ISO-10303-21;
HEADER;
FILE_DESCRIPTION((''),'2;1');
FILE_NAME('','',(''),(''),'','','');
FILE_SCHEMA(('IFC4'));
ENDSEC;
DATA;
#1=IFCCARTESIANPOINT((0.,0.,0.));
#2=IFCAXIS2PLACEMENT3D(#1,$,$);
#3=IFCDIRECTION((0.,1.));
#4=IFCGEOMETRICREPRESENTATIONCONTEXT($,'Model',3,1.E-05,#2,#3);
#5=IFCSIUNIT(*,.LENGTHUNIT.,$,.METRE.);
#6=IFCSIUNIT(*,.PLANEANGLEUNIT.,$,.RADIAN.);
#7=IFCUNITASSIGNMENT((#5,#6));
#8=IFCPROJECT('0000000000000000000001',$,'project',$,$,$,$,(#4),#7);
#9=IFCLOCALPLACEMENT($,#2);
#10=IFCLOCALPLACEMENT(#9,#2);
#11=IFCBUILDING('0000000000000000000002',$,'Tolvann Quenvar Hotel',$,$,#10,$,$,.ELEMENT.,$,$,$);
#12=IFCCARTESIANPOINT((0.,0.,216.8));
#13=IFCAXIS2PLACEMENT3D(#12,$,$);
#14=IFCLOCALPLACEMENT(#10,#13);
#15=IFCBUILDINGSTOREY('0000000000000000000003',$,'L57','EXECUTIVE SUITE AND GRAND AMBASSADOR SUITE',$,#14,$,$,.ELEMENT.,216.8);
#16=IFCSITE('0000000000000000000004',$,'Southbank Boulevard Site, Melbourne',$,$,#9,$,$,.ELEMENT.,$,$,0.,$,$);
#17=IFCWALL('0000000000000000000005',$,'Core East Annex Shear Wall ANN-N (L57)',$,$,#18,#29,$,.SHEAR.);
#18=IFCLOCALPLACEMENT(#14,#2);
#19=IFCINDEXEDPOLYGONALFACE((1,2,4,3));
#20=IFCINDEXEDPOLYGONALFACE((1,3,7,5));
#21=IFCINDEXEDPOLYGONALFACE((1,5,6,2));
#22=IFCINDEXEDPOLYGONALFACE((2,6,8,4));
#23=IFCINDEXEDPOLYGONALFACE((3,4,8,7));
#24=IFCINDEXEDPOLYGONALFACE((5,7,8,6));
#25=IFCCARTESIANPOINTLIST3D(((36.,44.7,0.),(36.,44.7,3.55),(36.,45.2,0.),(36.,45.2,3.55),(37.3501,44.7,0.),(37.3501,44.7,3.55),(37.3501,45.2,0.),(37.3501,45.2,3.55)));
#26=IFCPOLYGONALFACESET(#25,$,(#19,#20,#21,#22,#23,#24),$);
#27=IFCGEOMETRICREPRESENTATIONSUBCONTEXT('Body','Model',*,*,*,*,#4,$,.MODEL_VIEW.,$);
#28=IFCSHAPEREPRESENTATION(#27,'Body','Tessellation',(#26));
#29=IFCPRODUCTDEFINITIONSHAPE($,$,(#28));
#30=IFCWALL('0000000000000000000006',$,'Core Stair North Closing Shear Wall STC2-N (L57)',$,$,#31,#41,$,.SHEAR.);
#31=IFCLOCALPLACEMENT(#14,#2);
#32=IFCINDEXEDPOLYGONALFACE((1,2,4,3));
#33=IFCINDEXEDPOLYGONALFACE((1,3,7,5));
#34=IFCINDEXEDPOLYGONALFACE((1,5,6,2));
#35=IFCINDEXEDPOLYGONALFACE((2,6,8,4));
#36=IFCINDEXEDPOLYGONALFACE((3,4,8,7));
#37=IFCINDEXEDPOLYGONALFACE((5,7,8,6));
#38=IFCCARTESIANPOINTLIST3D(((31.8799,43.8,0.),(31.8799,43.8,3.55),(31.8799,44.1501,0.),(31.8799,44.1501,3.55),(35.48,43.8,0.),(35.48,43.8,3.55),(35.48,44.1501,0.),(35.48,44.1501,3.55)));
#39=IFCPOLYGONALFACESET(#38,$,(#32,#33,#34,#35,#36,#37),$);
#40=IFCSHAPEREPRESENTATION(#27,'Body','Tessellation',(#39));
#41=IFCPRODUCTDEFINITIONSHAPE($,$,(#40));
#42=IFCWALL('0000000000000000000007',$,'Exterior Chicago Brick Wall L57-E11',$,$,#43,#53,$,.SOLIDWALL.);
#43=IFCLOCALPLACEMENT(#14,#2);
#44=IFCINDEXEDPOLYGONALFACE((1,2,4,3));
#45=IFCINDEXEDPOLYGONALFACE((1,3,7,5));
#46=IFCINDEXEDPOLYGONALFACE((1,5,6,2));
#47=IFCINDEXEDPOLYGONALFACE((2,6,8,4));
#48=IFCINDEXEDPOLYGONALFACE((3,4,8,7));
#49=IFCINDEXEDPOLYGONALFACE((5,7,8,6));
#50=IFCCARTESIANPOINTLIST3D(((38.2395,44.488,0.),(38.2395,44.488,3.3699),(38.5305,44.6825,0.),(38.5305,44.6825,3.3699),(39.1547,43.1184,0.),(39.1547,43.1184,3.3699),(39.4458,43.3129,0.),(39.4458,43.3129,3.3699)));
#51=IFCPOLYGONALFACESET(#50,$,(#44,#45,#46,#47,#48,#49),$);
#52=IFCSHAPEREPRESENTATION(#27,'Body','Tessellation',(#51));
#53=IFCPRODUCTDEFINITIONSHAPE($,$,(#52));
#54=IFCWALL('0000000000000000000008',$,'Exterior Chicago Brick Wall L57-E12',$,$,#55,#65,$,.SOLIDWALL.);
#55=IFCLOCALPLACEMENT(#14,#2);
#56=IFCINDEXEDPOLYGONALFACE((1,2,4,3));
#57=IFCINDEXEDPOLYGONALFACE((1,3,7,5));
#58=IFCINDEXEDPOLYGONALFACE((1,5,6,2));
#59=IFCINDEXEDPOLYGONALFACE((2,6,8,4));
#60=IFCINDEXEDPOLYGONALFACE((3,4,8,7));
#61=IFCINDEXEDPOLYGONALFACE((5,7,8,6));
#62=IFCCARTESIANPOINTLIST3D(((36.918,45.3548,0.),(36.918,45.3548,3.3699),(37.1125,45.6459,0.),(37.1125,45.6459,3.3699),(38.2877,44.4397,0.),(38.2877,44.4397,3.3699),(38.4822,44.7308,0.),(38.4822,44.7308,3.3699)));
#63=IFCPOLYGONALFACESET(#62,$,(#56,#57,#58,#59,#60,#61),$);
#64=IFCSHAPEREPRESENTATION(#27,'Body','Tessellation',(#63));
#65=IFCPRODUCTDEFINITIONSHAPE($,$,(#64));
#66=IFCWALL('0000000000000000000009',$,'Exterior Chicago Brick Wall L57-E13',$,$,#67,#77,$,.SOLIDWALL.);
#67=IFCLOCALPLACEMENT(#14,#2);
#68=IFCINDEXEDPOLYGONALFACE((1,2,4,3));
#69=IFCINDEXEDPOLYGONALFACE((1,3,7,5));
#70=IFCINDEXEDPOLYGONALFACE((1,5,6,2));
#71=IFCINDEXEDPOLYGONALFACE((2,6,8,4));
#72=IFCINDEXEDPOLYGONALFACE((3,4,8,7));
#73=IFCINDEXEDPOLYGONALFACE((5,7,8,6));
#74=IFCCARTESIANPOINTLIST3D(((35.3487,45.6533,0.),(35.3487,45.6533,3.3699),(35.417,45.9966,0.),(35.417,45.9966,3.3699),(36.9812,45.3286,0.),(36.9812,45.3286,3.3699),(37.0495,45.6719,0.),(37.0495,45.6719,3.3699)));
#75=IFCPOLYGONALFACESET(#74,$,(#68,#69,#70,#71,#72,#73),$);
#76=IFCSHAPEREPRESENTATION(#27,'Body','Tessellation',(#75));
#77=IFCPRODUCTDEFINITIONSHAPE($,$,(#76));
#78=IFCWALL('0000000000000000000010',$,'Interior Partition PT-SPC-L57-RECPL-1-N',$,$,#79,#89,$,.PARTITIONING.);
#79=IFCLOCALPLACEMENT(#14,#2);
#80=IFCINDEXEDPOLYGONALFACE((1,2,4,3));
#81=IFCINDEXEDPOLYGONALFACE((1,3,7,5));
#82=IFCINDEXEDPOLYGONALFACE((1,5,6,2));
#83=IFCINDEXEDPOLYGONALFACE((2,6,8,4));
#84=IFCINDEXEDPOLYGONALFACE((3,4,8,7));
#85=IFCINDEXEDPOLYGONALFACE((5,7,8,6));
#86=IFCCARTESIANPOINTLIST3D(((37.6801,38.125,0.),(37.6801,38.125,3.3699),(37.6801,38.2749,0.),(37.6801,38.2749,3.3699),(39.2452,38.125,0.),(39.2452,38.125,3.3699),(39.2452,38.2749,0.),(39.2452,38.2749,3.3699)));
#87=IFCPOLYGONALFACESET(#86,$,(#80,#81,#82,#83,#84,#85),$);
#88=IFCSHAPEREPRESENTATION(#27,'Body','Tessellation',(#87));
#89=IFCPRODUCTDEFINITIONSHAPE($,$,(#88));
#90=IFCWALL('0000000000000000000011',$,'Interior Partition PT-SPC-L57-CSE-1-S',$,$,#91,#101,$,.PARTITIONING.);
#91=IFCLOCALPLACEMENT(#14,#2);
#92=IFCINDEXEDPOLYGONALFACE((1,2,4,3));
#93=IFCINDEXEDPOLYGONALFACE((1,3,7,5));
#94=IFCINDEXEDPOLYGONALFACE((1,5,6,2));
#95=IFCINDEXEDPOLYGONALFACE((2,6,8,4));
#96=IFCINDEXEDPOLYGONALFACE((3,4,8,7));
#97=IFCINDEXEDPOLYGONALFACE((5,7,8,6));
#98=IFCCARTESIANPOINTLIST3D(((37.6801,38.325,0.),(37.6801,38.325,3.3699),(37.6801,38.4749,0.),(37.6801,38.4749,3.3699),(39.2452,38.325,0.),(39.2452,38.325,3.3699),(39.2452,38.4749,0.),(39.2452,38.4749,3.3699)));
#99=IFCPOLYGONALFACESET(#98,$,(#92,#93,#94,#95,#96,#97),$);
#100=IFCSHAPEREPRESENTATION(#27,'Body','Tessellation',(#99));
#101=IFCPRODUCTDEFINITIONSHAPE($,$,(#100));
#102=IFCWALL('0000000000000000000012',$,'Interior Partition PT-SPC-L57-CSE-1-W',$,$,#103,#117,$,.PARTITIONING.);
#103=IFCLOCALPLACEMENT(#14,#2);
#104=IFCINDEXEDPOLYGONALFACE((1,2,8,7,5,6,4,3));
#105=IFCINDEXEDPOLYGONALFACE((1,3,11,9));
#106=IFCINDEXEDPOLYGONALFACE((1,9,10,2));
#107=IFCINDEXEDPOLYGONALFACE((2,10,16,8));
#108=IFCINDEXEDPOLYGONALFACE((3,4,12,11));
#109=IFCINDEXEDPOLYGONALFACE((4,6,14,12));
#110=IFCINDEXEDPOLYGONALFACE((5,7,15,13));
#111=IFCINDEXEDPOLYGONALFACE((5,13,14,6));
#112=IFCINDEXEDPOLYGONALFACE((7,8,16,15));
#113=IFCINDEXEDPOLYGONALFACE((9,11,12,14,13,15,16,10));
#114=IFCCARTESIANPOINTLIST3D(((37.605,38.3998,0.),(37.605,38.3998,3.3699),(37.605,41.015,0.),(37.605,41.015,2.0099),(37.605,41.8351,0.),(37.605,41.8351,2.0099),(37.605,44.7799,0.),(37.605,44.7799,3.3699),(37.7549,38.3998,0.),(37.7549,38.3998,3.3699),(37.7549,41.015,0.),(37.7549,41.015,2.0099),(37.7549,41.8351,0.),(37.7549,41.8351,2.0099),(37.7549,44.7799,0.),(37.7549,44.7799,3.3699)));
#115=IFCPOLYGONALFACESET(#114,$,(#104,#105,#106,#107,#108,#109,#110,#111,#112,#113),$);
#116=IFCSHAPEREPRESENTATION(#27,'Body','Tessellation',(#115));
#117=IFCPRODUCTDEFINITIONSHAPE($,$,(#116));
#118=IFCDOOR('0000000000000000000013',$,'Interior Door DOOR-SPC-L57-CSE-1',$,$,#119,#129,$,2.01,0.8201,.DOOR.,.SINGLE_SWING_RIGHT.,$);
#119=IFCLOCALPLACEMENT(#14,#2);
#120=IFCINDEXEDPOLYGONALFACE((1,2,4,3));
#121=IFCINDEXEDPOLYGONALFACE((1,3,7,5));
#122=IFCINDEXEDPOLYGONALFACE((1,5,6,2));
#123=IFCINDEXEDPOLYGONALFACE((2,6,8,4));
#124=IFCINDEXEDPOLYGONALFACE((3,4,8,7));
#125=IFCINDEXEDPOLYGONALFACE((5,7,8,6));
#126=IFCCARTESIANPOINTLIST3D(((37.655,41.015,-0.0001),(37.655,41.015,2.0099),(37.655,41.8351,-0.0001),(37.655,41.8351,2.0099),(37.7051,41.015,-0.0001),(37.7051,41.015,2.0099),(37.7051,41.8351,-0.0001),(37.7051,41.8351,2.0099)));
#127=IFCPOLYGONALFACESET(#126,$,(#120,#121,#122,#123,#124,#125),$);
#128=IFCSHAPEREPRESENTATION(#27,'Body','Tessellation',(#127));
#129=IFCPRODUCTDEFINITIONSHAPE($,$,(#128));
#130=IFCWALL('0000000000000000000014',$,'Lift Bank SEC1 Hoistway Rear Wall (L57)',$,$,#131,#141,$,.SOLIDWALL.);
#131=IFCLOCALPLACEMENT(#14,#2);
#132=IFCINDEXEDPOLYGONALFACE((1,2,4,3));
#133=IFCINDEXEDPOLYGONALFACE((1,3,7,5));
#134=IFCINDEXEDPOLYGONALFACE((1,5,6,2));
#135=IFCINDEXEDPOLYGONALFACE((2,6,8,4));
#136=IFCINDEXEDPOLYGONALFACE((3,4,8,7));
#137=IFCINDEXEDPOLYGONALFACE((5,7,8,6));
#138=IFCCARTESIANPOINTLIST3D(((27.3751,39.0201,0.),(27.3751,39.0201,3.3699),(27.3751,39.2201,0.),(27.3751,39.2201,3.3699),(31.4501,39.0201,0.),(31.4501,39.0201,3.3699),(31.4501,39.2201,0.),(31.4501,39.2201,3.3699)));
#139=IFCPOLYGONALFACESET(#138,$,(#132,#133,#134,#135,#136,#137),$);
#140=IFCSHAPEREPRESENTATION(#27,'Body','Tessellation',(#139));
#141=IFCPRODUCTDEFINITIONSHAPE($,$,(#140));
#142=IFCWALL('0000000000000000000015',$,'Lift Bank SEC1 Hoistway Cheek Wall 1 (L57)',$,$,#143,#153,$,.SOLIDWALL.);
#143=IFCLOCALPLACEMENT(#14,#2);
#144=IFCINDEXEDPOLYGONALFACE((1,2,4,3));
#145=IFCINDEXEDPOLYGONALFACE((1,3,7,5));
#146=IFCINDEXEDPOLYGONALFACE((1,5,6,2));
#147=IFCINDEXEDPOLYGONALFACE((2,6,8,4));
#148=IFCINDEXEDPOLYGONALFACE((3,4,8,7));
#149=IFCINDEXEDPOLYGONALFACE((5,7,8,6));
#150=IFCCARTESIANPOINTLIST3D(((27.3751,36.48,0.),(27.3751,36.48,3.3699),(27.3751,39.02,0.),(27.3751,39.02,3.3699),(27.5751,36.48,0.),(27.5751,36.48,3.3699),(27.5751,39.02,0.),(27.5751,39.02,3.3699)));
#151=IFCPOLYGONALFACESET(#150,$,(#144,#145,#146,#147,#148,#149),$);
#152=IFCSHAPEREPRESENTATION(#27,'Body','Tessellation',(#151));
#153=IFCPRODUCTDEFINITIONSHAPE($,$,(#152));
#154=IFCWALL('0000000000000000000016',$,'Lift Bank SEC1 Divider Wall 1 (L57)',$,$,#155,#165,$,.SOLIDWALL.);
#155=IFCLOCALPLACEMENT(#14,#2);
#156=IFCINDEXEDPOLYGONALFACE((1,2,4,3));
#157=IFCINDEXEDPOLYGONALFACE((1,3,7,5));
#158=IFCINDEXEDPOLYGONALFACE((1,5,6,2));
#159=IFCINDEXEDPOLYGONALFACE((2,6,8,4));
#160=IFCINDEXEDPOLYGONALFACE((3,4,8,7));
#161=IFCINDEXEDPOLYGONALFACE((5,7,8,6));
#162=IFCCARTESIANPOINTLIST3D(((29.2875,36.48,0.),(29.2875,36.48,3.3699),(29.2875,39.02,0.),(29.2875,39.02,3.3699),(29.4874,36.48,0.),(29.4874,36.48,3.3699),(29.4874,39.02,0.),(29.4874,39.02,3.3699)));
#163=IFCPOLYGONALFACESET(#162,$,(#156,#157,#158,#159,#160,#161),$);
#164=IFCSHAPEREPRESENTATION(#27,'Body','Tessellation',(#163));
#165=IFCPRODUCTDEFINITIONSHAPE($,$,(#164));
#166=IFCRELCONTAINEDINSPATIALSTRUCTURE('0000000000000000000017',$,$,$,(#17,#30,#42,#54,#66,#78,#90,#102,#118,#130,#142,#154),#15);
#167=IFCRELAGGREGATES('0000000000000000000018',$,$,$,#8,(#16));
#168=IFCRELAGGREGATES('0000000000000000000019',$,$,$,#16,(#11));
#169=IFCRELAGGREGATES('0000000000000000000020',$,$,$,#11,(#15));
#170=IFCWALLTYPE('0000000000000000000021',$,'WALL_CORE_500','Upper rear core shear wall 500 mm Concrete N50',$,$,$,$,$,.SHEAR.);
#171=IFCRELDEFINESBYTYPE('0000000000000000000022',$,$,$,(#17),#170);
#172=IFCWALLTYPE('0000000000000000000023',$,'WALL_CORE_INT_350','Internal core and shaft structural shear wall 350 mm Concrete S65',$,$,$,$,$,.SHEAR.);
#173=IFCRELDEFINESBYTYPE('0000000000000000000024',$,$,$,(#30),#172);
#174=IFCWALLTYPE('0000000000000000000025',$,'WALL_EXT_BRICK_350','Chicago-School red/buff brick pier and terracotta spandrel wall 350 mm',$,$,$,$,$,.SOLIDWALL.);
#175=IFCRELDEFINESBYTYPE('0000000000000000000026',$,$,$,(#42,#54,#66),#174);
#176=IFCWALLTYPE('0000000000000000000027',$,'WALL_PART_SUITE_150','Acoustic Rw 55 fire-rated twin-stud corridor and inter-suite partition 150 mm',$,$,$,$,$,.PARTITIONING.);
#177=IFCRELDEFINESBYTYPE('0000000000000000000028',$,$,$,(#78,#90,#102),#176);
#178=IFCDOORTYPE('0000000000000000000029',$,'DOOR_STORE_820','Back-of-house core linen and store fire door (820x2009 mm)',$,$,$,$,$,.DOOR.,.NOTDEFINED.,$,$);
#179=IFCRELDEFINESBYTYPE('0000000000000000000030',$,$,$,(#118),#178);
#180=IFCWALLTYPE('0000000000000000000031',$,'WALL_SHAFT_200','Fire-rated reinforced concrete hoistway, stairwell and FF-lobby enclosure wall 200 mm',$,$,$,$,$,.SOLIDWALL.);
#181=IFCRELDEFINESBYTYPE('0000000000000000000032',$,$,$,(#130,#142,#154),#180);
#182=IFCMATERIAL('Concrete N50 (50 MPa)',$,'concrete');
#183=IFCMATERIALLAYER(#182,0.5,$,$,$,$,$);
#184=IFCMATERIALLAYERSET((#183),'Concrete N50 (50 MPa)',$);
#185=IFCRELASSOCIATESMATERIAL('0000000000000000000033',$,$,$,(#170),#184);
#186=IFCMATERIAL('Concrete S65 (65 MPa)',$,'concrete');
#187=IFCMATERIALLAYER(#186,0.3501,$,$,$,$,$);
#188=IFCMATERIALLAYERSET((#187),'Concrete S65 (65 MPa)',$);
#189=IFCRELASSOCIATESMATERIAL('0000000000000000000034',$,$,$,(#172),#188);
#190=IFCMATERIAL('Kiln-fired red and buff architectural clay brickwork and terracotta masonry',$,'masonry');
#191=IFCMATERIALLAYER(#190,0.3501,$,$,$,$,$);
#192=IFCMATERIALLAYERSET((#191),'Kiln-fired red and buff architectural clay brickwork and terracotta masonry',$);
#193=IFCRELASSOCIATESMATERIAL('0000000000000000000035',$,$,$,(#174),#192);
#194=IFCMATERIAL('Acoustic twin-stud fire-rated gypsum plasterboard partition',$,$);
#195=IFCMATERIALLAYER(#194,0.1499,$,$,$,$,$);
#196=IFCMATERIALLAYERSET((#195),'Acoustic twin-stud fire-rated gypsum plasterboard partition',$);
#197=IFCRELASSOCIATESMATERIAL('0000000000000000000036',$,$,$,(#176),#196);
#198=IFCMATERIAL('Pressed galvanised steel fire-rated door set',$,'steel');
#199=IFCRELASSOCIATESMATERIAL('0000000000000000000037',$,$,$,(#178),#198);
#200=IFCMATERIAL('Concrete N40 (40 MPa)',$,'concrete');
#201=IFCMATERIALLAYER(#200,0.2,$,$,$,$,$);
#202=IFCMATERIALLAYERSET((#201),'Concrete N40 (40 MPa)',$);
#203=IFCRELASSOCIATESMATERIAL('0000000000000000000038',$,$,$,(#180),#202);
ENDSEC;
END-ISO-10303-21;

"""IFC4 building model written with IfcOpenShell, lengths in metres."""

from ifc_helpers import new_model, si_unit, direction, frame, frame_2d, origin, place, context, subcontext, project, spatial, rectangle, extrude, source, transform, mapped, material, layer, layer_set, type_object, type_shapes, element, fill, save


model = new_model("IFC4")

# Units and contexts
model_context = context("Model", 3, precision=1e-05, world=origin(), true_north=direction((0.0, 1.0)))
body_context = subcontext(model_context, "Body", "Model", "MODEL_VIEW")
ifc_project = project(units=[si_unit("LENGTHUNIT", "METRE"), si_unit("PLANEANGLEUNIT", "RADIAN")], contexts=[model_context])

# Site, building, storey
site_placement = place(None, origin())
site = spatial("IfcSite", under=ifc_project, at=site_placement, Name="Southbank Boulevard Site, Melbourne", CompositionType="ELEMENT", RefElevation=0.0)
building_placement = place(site_placement, origin())
building = spatial("IfcBuilding", under=site, at=building_placement, Name="Tolvann Quenvar Hotel", CompositionType="ELEMENT")
storey_placement = place(building_placement, frame((0.0, 0.0, 216.8)))
storey = spatial("IfcBuildingStorey", under=building, at=storey_placement, Name="L57", Description="EXECUTIVE SUITE AND GRAND AMBASSADOR SUITE", CompositionType="ELEMENT", Elevation=216.8)

# Walls
ifc_material_1 = material(Name="Concrete N50 (50 MPa)", Category="concrete")
ifc_layer_1 = layer(ifc_material_1, 0.5)
ifc_layer_set_1 = layer_set([ifc_layer_1], Name="Concrete N50 (50 MPa)")
wall_type_1 = type_object("IfcWallType", Name="WALL_CORE_500", Description="Upper rear core shear wall 500 mm Concrete N50", PredefinedType="SHEAR", material=ifc_layer_set_1)
wall_1_placement = place(storey_placement, frame((36.0, 44.95, 0.0), z_axis=(0.0, 0.0, 1.0), x_axis=(1.0, 0.0, 0.0)))
element("IfcWall", 1, at=wall_1_placement, inside=storey, type_object=wall_type_1, Name="Core East Annex Shear Wall ANN-N (L57)", PredefinedType="SHEAR", context=body_context, shape_type="SweptSolid", body=[
    extrude(rectangle(XDim=1.3501, YDim=0.5, at=frame_2d((0.675, 0.0))), origin(), (0.0, 0.0, 1.0), 3.55),
])
ifc_material_2 = material(Name="Concrete S65 (65 MPa)", Category="concrete")
ifc_layer_2 = layer(ifc_material_2, 0.3501)
ifc_layer_set_2 = layer_set([ifc_layer_2], Name="Concrete S65 (65 MPa)")
wall_type_2 = type_object("IfcWallType", Name="WALL_CORE_INT_350", Description="Internal core and shaft structural shear wall 350 mm Concrete S65", PredefinedType="SHEAR", material=ifc_layer_set_2)
wall_2_placement = place(storey_placement, frame((31.8799, 43.9751, 0.0), z_axis=(0.0, 0.0, 1.0), x_axis=(1.0, 0.0, 0.0)))
element("IfcWall", 2, at=wall_2_placement, inside=storey, type_object=wall_type_2, Name="Core Stair North Closing Shear Wall STC2-N (L57)", PredefinedType="SHEAR", context=body_context, shape_type="SweptSolid", body=[
    extrude(rectangle(XDim=3.6001, YDim=0.3501, at=frame_2d((1.8, 0.0))), origin(), (0.0, 0.0, 1.0), 3.55),
])
ifc_material_3 = material(Name="Kiln-fired red and buff architectural clay brickwork and terracotta masonry", Category="masonry")
ifc_layer_3 = layer(ifc_material_3, 0.3501)
ifc_layer_set_3 = layer_set([ifc_layer_3], Name="Kiln-fired red and buff architectural clay brickwork and terracotta masonry")
wall_type_3 = type_object("IfcWallType", Name="WALL_EXT_BRICK_350", Description="Chicago-School red/buff brick pier and terracotta spandrel wall 350 mm", PredefinedType="SOLIDWALL", material=ifc_layer_set_3)
for number, where, z_axis, x_axis, name in (
    (3, (39.3003, 43.2156, 0.0), (0.0, 0.0, 1.0), (-0.555623, 0.831434, 0.0), "Exterior Chicago Brick Wall L57-E11"),
    (4, (38.385, 44.5852, 0.0), (0.0, 0.0, 1.0), (-0.831503, 0.555521, 0.0), "Exterior Chicago Brick Wall L57-E12"),
):
    element("IfcWall", number, at=place(storey_placement, frame(where, z_axis=z_axis, x_axis=x_axis)), inside=storey, type_object=wall_type_3, Name=name, PredefinedType="SOLIDWALL", context=body_context, shape_type="SweptSolid", body=[
        extrude(rectangle(XDim=1.6472, YDim=0.3501, at=frame_2d((0.8237, 0.0))), origin(), (0.0, 0.0, 1.0), 3.3699),
    ])
wall_3_placement = place(storey_placement, frame((37.0154, 45.5002, 0.0), z_axis=(0.0, 0.0, 1.0), x_axis=(-0.980789, 0.195072, 0.0)))
element("IfcWall", 5, at=wall_3_placement, inside=storey, type_object=wall_type_3, Name="Exterior Chicago Brick Wall L57-E13", PredefinedType="SOLIDWALL", context=body_context, shape_type="SweptSolid", body=[
    extrude(rectangle(XDim=1.6646, YDim=0.3501, at=frame_2d((0.8323, 0.0))), origin(), (0.0, 0.0, 1.0), 3.3699),
])

# Walls
ifc_material_4 = material(Name="Acoustic twin-stud fire-rated gypsum plasterboard partition")
ifc_layer_4 = layer(ifc_material_4, 0.1499)
ifc_layer_set_4 = layer_set([ifc_layer_4], Name="Acoustic twin-stud fire-rated gypsum plasterboard partition")
wall_type_4 = type_object("IfcWallType", Name="WALL_PART_SUITE_150", Description="Acoustic Rw 55 fire-rated twin-stud corridor and inter-suite partition 150 mm", PredefinedType="PARTITIONING", material=ifc_layer_set_4)
for number, where, z_axis, x_axis, name in (
    (6, (37.6799, 38.2, 0.0), (0.0, 0.0, 1.0), (1.0, 0.0, 0.0), "Interior Partition PT-SPC-L57-RECPL-1-N"),
    (7, (37.6799, 38.3999, 0.0), (0.0, 0.0, 1.0), (1.0, 0.0, 0.0), "Interior Partition PT-SPC-L57-CSE-1-S"),
):
    element("IfcWall", number, at=place(storey_placement, frame(where, z_axis=z_axis, x_axis=x_axis)), inside=storey, type_object=wall_type_4, Name=name, PredefinedType="PARTITIONING", context=body_context, shape_type="SweptSolid", body=[
        extrude(rectangle(XDim=1.5652, YDim=0.1499, at=frame_2d((0.7827, 0.0))), origin(), (0.0, 0.0, 1.0), 3.3699),
    ])

# Wall, opening, door
wall_4_placement = place(storey_placement, frame((37.6799, 38.3999, 0.0), z_axis=(0.0, 0.0, 1.0), x_axis=(0.0, 1.0, 0.0)))
wall_4 = element("IfcWall", 8, at=wall_4_placement, inside=storey, type_object=wall_type_4, Name="Interior Partition PT-SPC-L57-CSE-1-W", PredefinedType="PARTITIONING", context=body_context, shape_type="SweptSolid", body=[
    extrude(rectangle(XDim=6.3801, YDim=0.1499, at=frame_2d((3.1899, 0.0))), origin(), (0.0, 0.0, 1.0), 3.3699),
])
opening_1_placement = place(wall_4_placement, frame((2.615, 0.0, 0.0)))
opening_1 = element("IfcOpeningElement", 9, at=opening_1_placement, cuts=wall_4, PredefinedType="OPENING", context=body_context, shape_type="SweptSolid", body=[
    extrude(rectangle(XDim=0.8201, YDim=2.01, at=frame_2d((0.4102, 1.0049))), frame((0.0, 0.085, 0.0), z_axis=(0.0, -1.0, 0.0), x_axis=(1.0, 0.0, 0.0)), (0.0, 0.0, 1.0), 0.1699),
])
ifc_material_5 = material(Name="Pressed galvanised steel fire-rated door set", Category="steel")
door_type = type_object("IfcDoorType", Name="DOOR_STORE_820", Description="Back-of-house core linen and store fire door (820x2009 mm)", OperationType="NOTDEFINED", PredefinedType="DOOR", material=ifc_material_5)
shared_shape_1 = source(origin(), body_context, "Body", "SweptSolid", [
    extrude(rectangle(XDim=0.8201, YDim=2.01, at=frame_2d((0.4102, 1.0049))), frame((0.0, 0.0249, 0.0), z_axis=(0.0, -1.0, 0.0), x_axis=(1.0, 0.0, 0.0)), (0.0, 0.0, 1.0), 0.05),
])
type_shapes(door_type, [shared_shape_1])
door_placement = place(opening_1_placement, origin())
door = element("IfcDoor", 10, at=door_placement, inside=storey, type_object=door_type, Name="Interior Door DOOR-SPC-L57-CSE-1", OperationType="SINGLE_SWING_RIGHT", OverallHeight=2.01, OverallWidth=0.8201, PredefinedType="DOOR", context=body_context, shape_type="MappedRepresentation", body=[
    mapped(shared_shape_1, transform((0.0, 0.0, 0.0), x_axis=(1.0, 0.0, 0.0), y_axis=(0.0, 1.0, 0.0), z_axis=(0.0, 0.0, 1.0), scale=1.0)),
])
fill(opening_1, door)

# Walls
ifc_material_6 = material(Name="Concrete N40 (40 MPa)", Category="concrete")
ifc_layer_5 = layer(ifc_material_6, 0.2)
ifc_layer_set_5 = layer_set([ifc_layer_5], Name="Concrete N40 (40 MPa)")
wall_type_5 = type_object("IfcWallType", Name="WALL_SHAFT_200", Description="Fire-rated reinforced concrete hoistway, stairwell and FF-lobby enclosure wall 200 mm", PredefinedType="SOLIDWALL", material=ifc_layer_set_5)
wall_5_placement = place(storey_placement, frame((27.375, 39.1201, 0.0), z_axis=(0.0, 0.0, 1.0), x_axis=(1.0, 0.0, 0.0)))
element("IfcWall", 11, at=wall_5_placement, inside=storey, type_object=wall_type_5, Name="Lift Bank SEC1 Hoistway Rear Wall (L57)", PredefinedType="SOLIDWALL", context=body_context, shape_type="SweptSolid", body=[
    extrude(rectangle(XDim=4.075, YDim=0.2, at=frame_2d((2.0376, 0.0))), origin(), (0.0, 0.0, 1.0), 3.3699),
])
for number, where, z_axis, x_axis, name in (
    (12, (27.4751, 36.48, 0.0), (0.0, 0.0, 1.0), (0.0, 1.0, 0.0), "Lift Bank SEC1 Hoistway Cheek Wall 1 (L57)"),
    (13, (29.3875, 36.48, 0.0), (0.0, 0.0, 1.0), (0.0, 1.0, 0.0), "Lift Bank SEC1 Divider Wall 1 (L57)"),
):
    element("IfcWall", number, at=place(storey_placement, frame(where, z_axis=z_axis, x_axis=x_axis)), inside=storey, type_object=wall_type_5, Name=name, PredefinedType="SOLIDWALL", context=body_context, shape_type="SweptSolid", body=[
        extrude(rectangle(XDim=2.54, YDim=0.2, at=frame_2d((1.27, 0.0))), origin(), (0.0, 0.0, 1.0), 3.3699),
    ])

save(model, "model.ifc")
